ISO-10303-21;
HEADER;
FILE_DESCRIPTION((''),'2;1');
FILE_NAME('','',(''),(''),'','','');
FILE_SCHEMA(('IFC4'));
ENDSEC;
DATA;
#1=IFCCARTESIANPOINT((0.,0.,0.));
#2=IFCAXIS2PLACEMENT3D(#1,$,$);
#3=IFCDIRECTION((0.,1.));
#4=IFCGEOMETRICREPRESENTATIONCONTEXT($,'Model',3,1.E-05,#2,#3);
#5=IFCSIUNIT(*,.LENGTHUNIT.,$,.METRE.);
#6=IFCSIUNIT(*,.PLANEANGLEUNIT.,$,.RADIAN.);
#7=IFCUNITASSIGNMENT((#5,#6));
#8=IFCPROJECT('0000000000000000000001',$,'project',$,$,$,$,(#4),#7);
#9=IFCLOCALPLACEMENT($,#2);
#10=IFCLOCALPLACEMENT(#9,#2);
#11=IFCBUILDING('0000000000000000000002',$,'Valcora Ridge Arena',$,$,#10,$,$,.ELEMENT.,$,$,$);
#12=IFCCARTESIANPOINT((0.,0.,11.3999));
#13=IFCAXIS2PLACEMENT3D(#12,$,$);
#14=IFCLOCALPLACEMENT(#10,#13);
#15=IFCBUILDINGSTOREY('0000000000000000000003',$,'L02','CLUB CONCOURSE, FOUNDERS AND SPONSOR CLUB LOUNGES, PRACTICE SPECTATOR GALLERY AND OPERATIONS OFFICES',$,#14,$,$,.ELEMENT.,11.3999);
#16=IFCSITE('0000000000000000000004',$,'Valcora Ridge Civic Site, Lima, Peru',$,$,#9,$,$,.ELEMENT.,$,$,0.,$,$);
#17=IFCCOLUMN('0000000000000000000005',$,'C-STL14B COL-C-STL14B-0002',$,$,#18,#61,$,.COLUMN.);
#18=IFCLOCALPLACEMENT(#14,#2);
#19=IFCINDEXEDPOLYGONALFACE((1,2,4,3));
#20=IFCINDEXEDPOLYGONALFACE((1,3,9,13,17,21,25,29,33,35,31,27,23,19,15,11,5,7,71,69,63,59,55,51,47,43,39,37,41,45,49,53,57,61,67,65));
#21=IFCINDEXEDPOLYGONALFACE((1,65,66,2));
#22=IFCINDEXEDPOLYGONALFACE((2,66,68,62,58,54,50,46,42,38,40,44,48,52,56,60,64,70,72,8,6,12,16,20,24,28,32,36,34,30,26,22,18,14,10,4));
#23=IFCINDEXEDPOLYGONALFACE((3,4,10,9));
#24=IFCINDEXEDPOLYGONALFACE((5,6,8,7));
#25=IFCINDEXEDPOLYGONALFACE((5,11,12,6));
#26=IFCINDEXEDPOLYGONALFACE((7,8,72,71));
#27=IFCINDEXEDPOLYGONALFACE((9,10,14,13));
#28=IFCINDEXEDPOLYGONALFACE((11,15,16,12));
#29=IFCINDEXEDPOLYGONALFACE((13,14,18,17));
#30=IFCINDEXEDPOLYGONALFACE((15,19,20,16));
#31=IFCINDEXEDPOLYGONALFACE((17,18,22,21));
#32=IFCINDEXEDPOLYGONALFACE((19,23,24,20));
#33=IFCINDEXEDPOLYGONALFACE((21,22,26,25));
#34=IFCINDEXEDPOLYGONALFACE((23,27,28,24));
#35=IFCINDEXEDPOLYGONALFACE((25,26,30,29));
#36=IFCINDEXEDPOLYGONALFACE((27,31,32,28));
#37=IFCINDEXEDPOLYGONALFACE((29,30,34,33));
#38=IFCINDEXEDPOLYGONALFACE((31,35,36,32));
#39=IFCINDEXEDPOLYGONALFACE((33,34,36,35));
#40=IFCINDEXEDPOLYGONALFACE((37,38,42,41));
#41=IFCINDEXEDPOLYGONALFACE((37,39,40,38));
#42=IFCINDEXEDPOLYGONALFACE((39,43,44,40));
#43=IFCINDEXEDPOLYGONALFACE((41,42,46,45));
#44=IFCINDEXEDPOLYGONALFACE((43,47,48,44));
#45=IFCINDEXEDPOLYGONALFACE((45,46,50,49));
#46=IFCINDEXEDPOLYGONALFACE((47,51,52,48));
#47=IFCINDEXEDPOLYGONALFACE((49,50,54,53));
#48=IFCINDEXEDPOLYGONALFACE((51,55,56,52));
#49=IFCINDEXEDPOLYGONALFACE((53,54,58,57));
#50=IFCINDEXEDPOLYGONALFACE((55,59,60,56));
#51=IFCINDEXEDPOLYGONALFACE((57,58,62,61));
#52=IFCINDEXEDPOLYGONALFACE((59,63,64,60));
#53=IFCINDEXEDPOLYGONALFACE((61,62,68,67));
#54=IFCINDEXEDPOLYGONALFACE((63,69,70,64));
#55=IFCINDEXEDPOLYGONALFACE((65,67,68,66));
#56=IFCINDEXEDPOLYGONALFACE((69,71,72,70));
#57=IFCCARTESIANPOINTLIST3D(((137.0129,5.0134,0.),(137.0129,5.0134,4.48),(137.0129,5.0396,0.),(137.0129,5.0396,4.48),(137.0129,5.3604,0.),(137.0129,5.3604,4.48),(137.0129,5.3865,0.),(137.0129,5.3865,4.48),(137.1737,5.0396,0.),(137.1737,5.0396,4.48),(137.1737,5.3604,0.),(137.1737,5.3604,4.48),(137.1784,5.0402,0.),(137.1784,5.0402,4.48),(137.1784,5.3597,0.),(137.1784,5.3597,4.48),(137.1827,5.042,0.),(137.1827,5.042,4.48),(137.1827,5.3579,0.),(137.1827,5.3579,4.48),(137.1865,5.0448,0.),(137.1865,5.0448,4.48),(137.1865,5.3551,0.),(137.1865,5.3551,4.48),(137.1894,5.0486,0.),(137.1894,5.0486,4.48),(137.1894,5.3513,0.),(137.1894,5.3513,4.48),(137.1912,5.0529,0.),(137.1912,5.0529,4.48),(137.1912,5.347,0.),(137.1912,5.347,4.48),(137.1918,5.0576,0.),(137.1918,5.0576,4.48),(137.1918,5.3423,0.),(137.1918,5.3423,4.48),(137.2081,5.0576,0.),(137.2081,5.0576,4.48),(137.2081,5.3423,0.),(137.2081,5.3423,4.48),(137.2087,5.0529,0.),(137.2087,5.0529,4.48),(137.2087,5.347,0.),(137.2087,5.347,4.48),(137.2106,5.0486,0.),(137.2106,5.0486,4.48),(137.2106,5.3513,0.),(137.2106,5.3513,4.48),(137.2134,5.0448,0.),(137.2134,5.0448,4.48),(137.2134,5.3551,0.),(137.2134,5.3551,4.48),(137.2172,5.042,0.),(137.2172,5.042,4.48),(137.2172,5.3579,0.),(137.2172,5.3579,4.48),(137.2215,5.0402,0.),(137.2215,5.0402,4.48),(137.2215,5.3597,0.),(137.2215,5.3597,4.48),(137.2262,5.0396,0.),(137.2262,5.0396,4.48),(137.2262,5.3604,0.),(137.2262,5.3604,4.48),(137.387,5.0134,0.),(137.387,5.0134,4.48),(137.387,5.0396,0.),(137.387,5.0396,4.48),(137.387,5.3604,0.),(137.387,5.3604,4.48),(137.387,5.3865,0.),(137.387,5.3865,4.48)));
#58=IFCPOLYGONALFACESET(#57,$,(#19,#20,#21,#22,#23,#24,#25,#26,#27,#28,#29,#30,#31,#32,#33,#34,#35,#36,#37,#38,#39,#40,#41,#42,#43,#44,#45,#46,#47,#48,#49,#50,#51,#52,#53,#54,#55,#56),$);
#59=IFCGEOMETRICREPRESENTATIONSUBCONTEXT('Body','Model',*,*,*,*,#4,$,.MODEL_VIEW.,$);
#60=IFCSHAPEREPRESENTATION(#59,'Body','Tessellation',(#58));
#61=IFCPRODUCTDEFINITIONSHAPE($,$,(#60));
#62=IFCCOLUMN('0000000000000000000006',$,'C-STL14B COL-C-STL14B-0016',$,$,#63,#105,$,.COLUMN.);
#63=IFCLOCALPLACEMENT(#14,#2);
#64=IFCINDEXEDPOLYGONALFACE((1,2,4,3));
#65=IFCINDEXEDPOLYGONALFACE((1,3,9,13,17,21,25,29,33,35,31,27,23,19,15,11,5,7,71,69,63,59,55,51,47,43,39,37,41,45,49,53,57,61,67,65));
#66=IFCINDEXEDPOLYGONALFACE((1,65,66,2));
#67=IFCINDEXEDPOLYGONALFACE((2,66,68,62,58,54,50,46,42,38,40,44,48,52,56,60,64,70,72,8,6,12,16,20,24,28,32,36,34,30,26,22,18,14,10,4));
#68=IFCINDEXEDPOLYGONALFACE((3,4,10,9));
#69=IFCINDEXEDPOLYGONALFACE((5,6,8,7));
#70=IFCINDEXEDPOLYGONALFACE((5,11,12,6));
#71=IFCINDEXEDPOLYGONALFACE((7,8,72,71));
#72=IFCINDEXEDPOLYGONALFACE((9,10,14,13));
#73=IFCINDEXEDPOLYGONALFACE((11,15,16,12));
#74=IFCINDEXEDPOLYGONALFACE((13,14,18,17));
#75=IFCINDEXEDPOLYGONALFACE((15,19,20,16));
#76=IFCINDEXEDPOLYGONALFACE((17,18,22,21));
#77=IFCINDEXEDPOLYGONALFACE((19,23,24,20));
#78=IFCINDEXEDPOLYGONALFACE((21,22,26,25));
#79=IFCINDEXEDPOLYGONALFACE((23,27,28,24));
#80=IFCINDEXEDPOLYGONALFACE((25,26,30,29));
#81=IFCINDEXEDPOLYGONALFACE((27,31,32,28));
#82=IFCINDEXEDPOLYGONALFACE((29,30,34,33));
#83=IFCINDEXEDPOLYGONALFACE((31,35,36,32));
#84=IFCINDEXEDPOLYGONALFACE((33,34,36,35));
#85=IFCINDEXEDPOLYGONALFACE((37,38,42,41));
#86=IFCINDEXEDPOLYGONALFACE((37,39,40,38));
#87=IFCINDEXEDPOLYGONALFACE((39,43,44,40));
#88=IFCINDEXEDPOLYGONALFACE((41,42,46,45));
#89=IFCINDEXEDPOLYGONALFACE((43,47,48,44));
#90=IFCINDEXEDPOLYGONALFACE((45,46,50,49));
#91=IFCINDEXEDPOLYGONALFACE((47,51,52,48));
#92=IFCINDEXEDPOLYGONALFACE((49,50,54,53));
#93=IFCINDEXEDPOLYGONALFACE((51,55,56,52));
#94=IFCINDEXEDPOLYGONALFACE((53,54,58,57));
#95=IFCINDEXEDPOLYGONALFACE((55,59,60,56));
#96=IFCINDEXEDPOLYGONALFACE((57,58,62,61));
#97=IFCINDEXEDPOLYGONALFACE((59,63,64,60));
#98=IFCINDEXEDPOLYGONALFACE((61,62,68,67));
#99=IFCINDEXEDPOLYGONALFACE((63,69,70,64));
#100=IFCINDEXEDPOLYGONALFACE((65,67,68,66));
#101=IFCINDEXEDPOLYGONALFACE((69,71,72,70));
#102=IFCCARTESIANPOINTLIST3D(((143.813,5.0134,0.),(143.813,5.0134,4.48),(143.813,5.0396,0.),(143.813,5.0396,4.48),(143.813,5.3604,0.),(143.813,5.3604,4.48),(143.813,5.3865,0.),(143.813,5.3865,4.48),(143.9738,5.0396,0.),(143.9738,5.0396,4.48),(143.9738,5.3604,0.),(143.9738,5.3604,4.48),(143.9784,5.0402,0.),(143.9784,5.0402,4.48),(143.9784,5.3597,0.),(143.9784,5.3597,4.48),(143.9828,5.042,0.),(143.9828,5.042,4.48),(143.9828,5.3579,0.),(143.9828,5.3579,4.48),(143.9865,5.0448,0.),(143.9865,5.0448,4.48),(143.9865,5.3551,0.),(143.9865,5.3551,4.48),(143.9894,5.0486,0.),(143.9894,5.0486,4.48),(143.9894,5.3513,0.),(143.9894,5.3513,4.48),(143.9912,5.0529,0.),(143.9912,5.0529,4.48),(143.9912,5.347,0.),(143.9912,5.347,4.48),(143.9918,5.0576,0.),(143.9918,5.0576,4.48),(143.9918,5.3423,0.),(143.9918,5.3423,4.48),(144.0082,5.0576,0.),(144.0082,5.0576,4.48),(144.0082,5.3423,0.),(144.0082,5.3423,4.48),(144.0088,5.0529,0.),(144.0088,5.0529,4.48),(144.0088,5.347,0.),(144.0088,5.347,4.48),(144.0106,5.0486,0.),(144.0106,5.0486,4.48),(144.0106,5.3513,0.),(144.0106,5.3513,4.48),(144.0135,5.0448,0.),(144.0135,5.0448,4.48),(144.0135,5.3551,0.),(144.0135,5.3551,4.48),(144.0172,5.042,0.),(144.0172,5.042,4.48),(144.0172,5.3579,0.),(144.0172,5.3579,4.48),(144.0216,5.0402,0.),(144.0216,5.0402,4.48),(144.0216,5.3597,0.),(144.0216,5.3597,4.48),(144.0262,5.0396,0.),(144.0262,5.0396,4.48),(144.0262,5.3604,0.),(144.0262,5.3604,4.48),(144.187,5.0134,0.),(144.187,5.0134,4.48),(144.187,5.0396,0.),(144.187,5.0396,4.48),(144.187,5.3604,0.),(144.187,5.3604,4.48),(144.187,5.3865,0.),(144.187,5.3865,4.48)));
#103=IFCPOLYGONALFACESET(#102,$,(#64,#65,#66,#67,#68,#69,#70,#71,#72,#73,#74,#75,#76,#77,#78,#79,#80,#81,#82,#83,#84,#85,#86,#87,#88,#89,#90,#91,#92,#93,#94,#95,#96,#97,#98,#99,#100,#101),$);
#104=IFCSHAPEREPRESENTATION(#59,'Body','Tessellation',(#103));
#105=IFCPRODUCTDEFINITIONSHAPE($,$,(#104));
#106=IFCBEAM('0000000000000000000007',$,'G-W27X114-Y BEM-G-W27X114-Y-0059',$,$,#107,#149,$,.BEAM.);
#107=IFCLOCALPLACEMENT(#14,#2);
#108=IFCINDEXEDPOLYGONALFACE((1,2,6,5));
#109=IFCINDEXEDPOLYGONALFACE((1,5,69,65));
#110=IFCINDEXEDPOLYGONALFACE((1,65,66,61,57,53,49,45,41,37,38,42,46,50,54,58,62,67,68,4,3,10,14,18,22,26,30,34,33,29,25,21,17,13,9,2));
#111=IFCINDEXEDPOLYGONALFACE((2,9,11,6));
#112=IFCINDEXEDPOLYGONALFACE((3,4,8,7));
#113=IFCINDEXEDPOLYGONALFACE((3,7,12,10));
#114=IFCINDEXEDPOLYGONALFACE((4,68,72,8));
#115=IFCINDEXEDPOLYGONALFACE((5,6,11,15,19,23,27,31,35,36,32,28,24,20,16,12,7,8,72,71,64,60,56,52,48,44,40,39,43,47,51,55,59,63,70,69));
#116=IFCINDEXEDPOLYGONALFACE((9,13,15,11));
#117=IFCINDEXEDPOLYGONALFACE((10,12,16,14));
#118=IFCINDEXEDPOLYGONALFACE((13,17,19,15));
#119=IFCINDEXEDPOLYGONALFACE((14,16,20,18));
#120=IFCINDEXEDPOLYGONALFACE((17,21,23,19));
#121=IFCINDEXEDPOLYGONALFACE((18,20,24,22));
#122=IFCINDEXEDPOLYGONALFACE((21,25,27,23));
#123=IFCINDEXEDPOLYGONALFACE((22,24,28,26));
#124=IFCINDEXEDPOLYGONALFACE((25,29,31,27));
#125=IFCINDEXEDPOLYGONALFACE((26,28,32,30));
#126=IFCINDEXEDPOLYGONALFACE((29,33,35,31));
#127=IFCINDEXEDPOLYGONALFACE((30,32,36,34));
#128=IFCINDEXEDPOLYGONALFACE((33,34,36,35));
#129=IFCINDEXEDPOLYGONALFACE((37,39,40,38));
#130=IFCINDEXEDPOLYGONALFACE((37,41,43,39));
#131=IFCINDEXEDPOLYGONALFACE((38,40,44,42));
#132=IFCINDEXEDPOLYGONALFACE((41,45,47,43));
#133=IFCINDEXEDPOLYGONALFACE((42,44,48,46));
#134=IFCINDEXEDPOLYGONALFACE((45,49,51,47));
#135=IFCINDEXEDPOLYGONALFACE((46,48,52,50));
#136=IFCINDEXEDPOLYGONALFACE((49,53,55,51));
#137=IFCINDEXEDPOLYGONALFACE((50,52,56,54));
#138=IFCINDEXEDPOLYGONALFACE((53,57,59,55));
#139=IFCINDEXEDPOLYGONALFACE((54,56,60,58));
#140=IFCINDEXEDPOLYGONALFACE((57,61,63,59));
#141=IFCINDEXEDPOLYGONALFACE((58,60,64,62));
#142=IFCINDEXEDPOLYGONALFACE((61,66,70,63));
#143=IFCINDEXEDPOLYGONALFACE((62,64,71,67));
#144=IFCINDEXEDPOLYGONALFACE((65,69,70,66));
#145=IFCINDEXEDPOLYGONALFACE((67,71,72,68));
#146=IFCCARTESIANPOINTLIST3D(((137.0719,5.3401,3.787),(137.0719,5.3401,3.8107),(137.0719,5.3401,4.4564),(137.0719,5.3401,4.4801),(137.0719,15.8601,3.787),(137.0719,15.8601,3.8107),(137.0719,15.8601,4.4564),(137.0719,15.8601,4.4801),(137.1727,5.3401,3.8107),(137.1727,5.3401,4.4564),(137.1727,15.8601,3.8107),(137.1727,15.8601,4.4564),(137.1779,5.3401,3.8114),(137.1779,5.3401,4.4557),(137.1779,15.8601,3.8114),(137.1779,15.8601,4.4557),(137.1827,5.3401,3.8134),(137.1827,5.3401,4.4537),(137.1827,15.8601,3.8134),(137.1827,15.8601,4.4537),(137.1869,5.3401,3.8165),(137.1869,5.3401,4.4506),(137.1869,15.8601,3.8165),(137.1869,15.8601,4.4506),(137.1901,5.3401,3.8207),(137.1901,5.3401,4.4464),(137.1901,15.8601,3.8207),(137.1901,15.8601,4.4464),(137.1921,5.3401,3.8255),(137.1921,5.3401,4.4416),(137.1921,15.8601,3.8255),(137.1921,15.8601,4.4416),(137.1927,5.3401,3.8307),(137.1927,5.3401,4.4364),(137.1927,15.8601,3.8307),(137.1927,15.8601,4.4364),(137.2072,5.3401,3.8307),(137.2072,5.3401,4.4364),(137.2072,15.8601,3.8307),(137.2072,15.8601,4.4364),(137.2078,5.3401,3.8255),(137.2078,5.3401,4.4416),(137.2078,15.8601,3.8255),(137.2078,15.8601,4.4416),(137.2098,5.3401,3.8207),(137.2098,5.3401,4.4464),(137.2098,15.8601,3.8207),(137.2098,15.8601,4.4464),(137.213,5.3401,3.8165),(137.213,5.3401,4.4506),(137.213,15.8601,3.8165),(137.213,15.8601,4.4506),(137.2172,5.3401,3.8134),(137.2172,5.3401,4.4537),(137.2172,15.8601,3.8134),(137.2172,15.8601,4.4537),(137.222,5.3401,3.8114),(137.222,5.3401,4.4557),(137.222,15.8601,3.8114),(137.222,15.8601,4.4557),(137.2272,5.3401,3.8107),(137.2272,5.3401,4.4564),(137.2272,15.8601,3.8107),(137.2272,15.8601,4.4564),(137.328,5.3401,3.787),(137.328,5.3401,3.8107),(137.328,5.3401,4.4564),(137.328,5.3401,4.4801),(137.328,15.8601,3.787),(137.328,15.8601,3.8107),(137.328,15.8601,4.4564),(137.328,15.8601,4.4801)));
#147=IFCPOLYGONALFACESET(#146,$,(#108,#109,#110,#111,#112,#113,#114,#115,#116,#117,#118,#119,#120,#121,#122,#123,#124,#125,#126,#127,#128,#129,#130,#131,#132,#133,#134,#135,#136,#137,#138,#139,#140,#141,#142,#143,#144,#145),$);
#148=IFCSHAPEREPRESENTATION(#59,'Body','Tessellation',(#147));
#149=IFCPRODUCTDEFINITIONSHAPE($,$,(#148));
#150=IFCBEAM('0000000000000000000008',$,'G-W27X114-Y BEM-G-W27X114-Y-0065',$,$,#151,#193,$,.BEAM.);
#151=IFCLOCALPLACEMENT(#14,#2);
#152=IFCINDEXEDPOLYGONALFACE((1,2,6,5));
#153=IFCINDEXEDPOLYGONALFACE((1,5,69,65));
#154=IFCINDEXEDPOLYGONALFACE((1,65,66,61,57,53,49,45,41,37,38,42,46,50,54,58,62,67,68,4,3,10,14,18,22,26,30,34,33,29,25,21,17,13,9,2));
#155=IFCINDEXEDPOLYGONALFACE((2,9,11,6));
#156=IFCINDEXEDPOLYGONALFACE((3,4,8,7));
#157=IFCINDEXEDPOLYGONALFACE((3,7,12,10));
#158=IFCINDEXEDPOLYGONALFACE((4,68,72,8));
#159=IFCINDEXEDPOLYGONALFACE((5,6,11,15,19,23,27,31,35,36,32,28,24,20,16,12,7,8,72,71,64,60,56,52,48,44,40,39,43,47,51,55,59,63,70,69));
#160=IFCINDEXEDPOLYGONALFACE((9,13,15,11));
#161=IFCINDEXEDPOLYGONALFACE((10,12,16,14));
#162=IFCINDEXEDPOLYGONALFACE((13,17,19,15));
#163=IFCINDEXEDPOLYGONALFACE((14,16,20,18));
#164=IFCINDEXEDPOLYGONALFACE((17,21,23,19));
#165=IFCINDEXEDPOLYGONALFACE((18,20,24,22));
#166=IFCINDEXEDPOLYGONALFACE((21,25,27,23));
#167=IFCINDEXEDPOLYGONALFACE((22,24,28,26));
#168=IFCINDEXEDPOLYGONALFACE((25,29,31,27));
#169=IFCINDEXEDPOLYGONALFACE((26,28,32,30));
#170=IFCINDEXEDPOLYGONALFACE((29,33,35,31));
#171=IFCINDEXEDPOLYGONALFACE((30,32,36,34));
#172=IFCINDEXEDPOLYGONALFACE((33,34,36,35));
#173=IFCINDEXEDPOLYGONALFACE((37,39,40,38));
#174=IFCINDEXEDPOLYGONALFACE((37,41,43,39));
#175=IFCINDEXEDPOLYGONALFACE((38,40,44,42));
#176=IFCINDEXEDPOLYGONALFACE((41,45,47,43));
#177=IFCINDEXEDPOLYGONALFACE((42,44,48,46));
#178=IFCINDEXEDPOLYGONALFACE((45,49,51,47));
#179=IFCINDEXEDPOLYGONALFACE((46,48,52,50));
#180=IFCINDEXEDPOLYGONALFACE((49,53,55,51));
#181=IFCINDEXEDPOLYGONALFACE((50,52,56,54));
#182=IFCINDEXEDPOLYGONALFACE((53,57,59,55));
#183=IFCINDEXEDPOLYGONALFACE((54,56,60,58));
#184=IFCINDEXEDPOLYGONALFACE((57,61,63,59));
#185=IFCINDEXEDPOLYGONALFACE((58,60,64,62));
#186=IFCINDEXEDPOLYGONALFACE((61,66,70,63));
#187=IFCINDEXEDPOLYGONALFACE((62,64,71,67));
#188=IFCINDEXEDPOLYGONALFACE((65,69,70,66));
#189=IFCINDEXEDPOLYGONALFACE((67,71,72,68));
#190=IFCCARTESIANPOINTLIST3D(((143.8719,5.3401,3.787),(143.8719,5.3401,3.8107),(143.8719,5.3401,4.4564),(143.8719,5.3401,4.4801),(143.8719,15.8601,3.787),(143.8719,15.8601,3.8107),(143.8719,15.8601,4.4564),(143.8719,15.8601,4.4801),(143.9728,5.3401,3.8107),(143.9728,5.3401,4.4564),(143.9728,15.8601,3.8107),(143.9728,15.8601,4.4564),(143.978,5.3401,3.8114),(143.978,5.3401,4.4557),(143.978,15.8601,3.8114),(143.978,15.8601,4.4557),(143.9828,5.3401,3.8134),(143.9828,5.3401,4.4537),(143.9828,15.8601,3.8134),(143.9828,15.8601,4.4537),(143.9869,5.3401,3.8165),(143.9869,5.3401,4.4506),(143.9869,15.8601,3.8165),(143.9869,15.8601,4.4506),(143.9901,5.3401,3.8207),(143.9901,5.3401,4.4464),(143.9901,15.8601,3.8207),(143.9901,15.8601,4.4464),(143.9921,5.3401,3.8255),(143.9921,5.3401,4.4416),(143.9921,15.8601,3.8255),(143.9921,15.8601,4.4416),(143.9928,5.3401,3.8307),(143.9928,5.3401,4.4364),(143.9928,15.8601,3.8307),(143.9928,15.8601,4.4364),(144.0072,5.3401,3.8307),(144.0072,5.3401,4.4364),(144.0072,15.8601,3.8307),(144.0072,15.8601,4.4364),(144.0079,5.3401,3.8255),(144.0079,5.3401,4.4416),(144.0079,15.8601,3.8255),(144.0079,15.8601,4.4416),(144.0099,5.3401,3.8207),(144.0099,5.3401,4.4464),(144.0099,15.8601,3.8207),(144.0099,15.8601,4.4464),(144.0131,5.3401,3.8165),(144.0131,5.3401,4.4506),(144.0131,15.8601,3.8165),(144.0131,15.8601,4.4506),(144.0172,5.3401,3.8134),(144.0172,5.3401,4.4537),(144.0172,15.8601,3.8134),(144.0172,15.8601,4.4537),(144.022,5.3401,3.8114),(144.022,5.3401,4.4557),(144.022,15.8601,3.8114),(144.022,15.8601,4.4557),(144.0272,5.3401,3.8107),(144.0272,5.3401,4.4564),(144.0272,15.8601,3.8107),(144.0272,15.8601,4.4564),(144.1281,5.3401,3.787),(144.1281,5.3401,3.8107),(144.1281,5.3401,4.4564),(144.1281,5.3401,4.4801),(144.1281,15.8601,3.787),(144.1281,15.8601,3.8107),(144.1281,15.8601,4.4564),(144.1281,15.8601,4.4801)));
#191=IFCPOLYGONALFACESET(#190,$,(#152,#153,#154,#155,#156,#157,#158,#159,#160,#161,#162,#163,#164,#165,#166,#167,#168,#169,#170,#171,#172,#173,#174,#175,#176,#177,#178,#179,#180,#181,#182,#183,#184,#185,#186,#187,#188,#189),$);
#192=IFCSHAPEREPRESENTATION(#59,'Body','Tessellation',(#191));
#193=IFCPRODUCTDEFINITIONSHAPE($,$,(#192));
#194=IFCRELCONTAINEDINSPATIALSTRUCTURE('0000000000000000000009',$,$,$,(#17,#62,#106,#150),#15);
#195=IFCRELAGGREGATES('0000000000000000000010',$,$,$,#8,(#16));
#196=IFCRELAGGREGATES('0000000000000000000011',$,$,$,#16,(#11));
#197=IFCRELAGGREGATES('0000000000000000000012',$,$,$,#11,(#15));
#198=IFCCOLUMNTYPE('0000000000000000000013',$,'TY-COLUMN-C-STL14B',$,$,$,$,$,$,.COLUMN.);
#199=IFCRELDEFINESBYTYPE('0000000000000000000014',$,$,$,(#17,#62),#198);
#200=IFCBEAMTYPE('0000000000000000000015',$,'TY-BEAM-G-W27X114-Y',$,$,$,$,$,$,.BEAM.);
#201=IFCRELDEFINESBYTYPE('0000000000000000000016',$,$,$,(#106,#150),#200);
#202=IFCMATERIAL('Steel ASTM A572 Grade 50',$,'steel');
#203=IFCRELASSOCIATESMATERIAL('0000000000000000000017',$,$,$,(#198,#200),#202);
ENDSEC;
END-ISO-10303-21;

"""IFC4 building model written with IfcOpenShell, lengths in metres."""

from ifc_helpers import new_model, si_unit, direction, frame, origin, origin_2d, place, context, subcontext, project, spatial, i_section, extrude, material, material_profile, profile_set, type_object, element, save


model = new_model("IFC4")

# Units and contexts
model_context = context("Model", 3, precision=1e-05, world=origin(), true_north=direction((0.0, 1.0)))
body_context = subcontext(model_context, "Body", "Model", "MODEL_VIEW")
ifc_project = project(units=[si_unit("LENGTHUNIT", "METRE"), si_unit("PLANEANGLEUNIT", "RADIAN")], contexts=[model_context])

# Site, building, storey
site_placement = place(None, origin())
site = spatial("IfcSite", under=ifc_project, at=site_placement, Name="Valcora Ridge Civic Site, Lima, Peru", CompositionType="ELEMENT", RefElevation=0.0)
building_placement = place(site_placement, origin())
building = spatial("IfcBuilding", under=site, at=building_placement, Name="Valcora Ridge Arena", CompositionType="ELEMENT")
storey_placement = place(building_placement, frame((0.0, 0.0, 11.3999)))
storey = spatial("IfcBuildingStorey", under=building, at=storey_placement, Name="L02", Description="CLUB CONCOURSE, FOUNDERS AND SPONSOR CLUB LOUNGES, PRACTICE SPECTATOR GALLERY AND OPERATIONS OFFICES", CompositionType="ELEMENT", Elevation=11.3999)

# Columns
ifc_material_1 = material(Name="Steel ASTM A572 Grade 50", Category="steel")
ifc_material_profile_1 = material_profile(ifc_material_1, i_section(OverallWidth=0.374, OverallDepth=0.373, WebThickness=0.0164, FlangeThickness=0.0261, FilletRadius=0.0181, at=origin_2d()), Name="W14X132")
ifc_profile_set_1 = profile_set([ifc_material_profile_1], Name="Steel ASTM A572 Grade 50")
column_type = type_object("IfcColumnType", Name="TY-COLUMN-C-STL14B", PredefinedType="COLUMN", material=ifc_profile_set_1)
for number, where, z_axis, x_axis, name in (
    (1, (137.2, 5.2, 0.0), (0.0, 0.0, 1.0), (1.0, 0.0, 0.0), "C-STL14B COL-C-STL14B-0002"),
    (2, (144.0, 5.2, 0.0), (0.0, 0.0, 1.0), (1.0, 0.0, 0.0), "C-STL14B COL-C-STL14B-0016"),
):
    element("IfcColumn", number, at=place(storey_placement, frame(where, z_axis=z_axis, x_axis=x_axis)), inside=storey, type_object=column_type, Name=name, PredefinedType="COLUMN", context=body_context, shape_type="SweptSolid", body=[
        extrude(i_section(OverallWidth=0.374, OverallDepth=0.373, WebThickness=0.0164, FlangeThickness=0.0261, FilletRadius=0.0181, at=origin_2d()), origin(), (0.0, 0.0, 1.0), 4.48),
    ])

# Beams
ifc_material_profile_2 = material_profile(ifc_material_1, i_section(OverallWidth=0.2561, OverallDepth=0.6931, WebThickness=0.0144, FlangeThickness=0.0237, FilletRadius=0.02, at=origin_2d()), Name="W27X114")
ifc_profile_set_2 = profile_set([ifc_material_profile_2], Name="Steel ASTM A572 Grade 50")
beam_type_1 = type_object("IfcBeamType", Name="TY-BEAM-G-W27X114-Y", PredefinedType="BEAM", material=ifc_profile_set_2)
for number, where, z_axis, x_axis, name in (
    (3, (137.2, 5.3401, 4.1335), (0.0, 1.0, 0.0), (-1.0, 0.0, 0.0), "G-W27X114-Y BEM-G-W27X114-Y-0059"),
    (4, (144.0, 5.3401, 4.1335), (0.0, 1.0, 0.0), (-1.0, 0.0, 0.0), "G-W27X114-Y BEM-G-W27X114-Y-0065"),
):
    element("IfcBeam", number, at=place(storey_placement, frame(where, z_axis=z_axis, x_axis=x_axis)), inside=storey, type_object=beam_type_1, Name=name, PredefinedType="BEAM", context=body_context, shape_type="SweptSolid", body=[
        extrude(i_section(OverallWidth=0.2561, OverallDepth=0.6931, WebThickness=0.0144, FlangeThickness=0.0237, FilletRadius=0.02, at=origin_2d()), origin(), (0.0, 0.0, 1.0), 10.52),
    ])

save(model, "model.ifc")
